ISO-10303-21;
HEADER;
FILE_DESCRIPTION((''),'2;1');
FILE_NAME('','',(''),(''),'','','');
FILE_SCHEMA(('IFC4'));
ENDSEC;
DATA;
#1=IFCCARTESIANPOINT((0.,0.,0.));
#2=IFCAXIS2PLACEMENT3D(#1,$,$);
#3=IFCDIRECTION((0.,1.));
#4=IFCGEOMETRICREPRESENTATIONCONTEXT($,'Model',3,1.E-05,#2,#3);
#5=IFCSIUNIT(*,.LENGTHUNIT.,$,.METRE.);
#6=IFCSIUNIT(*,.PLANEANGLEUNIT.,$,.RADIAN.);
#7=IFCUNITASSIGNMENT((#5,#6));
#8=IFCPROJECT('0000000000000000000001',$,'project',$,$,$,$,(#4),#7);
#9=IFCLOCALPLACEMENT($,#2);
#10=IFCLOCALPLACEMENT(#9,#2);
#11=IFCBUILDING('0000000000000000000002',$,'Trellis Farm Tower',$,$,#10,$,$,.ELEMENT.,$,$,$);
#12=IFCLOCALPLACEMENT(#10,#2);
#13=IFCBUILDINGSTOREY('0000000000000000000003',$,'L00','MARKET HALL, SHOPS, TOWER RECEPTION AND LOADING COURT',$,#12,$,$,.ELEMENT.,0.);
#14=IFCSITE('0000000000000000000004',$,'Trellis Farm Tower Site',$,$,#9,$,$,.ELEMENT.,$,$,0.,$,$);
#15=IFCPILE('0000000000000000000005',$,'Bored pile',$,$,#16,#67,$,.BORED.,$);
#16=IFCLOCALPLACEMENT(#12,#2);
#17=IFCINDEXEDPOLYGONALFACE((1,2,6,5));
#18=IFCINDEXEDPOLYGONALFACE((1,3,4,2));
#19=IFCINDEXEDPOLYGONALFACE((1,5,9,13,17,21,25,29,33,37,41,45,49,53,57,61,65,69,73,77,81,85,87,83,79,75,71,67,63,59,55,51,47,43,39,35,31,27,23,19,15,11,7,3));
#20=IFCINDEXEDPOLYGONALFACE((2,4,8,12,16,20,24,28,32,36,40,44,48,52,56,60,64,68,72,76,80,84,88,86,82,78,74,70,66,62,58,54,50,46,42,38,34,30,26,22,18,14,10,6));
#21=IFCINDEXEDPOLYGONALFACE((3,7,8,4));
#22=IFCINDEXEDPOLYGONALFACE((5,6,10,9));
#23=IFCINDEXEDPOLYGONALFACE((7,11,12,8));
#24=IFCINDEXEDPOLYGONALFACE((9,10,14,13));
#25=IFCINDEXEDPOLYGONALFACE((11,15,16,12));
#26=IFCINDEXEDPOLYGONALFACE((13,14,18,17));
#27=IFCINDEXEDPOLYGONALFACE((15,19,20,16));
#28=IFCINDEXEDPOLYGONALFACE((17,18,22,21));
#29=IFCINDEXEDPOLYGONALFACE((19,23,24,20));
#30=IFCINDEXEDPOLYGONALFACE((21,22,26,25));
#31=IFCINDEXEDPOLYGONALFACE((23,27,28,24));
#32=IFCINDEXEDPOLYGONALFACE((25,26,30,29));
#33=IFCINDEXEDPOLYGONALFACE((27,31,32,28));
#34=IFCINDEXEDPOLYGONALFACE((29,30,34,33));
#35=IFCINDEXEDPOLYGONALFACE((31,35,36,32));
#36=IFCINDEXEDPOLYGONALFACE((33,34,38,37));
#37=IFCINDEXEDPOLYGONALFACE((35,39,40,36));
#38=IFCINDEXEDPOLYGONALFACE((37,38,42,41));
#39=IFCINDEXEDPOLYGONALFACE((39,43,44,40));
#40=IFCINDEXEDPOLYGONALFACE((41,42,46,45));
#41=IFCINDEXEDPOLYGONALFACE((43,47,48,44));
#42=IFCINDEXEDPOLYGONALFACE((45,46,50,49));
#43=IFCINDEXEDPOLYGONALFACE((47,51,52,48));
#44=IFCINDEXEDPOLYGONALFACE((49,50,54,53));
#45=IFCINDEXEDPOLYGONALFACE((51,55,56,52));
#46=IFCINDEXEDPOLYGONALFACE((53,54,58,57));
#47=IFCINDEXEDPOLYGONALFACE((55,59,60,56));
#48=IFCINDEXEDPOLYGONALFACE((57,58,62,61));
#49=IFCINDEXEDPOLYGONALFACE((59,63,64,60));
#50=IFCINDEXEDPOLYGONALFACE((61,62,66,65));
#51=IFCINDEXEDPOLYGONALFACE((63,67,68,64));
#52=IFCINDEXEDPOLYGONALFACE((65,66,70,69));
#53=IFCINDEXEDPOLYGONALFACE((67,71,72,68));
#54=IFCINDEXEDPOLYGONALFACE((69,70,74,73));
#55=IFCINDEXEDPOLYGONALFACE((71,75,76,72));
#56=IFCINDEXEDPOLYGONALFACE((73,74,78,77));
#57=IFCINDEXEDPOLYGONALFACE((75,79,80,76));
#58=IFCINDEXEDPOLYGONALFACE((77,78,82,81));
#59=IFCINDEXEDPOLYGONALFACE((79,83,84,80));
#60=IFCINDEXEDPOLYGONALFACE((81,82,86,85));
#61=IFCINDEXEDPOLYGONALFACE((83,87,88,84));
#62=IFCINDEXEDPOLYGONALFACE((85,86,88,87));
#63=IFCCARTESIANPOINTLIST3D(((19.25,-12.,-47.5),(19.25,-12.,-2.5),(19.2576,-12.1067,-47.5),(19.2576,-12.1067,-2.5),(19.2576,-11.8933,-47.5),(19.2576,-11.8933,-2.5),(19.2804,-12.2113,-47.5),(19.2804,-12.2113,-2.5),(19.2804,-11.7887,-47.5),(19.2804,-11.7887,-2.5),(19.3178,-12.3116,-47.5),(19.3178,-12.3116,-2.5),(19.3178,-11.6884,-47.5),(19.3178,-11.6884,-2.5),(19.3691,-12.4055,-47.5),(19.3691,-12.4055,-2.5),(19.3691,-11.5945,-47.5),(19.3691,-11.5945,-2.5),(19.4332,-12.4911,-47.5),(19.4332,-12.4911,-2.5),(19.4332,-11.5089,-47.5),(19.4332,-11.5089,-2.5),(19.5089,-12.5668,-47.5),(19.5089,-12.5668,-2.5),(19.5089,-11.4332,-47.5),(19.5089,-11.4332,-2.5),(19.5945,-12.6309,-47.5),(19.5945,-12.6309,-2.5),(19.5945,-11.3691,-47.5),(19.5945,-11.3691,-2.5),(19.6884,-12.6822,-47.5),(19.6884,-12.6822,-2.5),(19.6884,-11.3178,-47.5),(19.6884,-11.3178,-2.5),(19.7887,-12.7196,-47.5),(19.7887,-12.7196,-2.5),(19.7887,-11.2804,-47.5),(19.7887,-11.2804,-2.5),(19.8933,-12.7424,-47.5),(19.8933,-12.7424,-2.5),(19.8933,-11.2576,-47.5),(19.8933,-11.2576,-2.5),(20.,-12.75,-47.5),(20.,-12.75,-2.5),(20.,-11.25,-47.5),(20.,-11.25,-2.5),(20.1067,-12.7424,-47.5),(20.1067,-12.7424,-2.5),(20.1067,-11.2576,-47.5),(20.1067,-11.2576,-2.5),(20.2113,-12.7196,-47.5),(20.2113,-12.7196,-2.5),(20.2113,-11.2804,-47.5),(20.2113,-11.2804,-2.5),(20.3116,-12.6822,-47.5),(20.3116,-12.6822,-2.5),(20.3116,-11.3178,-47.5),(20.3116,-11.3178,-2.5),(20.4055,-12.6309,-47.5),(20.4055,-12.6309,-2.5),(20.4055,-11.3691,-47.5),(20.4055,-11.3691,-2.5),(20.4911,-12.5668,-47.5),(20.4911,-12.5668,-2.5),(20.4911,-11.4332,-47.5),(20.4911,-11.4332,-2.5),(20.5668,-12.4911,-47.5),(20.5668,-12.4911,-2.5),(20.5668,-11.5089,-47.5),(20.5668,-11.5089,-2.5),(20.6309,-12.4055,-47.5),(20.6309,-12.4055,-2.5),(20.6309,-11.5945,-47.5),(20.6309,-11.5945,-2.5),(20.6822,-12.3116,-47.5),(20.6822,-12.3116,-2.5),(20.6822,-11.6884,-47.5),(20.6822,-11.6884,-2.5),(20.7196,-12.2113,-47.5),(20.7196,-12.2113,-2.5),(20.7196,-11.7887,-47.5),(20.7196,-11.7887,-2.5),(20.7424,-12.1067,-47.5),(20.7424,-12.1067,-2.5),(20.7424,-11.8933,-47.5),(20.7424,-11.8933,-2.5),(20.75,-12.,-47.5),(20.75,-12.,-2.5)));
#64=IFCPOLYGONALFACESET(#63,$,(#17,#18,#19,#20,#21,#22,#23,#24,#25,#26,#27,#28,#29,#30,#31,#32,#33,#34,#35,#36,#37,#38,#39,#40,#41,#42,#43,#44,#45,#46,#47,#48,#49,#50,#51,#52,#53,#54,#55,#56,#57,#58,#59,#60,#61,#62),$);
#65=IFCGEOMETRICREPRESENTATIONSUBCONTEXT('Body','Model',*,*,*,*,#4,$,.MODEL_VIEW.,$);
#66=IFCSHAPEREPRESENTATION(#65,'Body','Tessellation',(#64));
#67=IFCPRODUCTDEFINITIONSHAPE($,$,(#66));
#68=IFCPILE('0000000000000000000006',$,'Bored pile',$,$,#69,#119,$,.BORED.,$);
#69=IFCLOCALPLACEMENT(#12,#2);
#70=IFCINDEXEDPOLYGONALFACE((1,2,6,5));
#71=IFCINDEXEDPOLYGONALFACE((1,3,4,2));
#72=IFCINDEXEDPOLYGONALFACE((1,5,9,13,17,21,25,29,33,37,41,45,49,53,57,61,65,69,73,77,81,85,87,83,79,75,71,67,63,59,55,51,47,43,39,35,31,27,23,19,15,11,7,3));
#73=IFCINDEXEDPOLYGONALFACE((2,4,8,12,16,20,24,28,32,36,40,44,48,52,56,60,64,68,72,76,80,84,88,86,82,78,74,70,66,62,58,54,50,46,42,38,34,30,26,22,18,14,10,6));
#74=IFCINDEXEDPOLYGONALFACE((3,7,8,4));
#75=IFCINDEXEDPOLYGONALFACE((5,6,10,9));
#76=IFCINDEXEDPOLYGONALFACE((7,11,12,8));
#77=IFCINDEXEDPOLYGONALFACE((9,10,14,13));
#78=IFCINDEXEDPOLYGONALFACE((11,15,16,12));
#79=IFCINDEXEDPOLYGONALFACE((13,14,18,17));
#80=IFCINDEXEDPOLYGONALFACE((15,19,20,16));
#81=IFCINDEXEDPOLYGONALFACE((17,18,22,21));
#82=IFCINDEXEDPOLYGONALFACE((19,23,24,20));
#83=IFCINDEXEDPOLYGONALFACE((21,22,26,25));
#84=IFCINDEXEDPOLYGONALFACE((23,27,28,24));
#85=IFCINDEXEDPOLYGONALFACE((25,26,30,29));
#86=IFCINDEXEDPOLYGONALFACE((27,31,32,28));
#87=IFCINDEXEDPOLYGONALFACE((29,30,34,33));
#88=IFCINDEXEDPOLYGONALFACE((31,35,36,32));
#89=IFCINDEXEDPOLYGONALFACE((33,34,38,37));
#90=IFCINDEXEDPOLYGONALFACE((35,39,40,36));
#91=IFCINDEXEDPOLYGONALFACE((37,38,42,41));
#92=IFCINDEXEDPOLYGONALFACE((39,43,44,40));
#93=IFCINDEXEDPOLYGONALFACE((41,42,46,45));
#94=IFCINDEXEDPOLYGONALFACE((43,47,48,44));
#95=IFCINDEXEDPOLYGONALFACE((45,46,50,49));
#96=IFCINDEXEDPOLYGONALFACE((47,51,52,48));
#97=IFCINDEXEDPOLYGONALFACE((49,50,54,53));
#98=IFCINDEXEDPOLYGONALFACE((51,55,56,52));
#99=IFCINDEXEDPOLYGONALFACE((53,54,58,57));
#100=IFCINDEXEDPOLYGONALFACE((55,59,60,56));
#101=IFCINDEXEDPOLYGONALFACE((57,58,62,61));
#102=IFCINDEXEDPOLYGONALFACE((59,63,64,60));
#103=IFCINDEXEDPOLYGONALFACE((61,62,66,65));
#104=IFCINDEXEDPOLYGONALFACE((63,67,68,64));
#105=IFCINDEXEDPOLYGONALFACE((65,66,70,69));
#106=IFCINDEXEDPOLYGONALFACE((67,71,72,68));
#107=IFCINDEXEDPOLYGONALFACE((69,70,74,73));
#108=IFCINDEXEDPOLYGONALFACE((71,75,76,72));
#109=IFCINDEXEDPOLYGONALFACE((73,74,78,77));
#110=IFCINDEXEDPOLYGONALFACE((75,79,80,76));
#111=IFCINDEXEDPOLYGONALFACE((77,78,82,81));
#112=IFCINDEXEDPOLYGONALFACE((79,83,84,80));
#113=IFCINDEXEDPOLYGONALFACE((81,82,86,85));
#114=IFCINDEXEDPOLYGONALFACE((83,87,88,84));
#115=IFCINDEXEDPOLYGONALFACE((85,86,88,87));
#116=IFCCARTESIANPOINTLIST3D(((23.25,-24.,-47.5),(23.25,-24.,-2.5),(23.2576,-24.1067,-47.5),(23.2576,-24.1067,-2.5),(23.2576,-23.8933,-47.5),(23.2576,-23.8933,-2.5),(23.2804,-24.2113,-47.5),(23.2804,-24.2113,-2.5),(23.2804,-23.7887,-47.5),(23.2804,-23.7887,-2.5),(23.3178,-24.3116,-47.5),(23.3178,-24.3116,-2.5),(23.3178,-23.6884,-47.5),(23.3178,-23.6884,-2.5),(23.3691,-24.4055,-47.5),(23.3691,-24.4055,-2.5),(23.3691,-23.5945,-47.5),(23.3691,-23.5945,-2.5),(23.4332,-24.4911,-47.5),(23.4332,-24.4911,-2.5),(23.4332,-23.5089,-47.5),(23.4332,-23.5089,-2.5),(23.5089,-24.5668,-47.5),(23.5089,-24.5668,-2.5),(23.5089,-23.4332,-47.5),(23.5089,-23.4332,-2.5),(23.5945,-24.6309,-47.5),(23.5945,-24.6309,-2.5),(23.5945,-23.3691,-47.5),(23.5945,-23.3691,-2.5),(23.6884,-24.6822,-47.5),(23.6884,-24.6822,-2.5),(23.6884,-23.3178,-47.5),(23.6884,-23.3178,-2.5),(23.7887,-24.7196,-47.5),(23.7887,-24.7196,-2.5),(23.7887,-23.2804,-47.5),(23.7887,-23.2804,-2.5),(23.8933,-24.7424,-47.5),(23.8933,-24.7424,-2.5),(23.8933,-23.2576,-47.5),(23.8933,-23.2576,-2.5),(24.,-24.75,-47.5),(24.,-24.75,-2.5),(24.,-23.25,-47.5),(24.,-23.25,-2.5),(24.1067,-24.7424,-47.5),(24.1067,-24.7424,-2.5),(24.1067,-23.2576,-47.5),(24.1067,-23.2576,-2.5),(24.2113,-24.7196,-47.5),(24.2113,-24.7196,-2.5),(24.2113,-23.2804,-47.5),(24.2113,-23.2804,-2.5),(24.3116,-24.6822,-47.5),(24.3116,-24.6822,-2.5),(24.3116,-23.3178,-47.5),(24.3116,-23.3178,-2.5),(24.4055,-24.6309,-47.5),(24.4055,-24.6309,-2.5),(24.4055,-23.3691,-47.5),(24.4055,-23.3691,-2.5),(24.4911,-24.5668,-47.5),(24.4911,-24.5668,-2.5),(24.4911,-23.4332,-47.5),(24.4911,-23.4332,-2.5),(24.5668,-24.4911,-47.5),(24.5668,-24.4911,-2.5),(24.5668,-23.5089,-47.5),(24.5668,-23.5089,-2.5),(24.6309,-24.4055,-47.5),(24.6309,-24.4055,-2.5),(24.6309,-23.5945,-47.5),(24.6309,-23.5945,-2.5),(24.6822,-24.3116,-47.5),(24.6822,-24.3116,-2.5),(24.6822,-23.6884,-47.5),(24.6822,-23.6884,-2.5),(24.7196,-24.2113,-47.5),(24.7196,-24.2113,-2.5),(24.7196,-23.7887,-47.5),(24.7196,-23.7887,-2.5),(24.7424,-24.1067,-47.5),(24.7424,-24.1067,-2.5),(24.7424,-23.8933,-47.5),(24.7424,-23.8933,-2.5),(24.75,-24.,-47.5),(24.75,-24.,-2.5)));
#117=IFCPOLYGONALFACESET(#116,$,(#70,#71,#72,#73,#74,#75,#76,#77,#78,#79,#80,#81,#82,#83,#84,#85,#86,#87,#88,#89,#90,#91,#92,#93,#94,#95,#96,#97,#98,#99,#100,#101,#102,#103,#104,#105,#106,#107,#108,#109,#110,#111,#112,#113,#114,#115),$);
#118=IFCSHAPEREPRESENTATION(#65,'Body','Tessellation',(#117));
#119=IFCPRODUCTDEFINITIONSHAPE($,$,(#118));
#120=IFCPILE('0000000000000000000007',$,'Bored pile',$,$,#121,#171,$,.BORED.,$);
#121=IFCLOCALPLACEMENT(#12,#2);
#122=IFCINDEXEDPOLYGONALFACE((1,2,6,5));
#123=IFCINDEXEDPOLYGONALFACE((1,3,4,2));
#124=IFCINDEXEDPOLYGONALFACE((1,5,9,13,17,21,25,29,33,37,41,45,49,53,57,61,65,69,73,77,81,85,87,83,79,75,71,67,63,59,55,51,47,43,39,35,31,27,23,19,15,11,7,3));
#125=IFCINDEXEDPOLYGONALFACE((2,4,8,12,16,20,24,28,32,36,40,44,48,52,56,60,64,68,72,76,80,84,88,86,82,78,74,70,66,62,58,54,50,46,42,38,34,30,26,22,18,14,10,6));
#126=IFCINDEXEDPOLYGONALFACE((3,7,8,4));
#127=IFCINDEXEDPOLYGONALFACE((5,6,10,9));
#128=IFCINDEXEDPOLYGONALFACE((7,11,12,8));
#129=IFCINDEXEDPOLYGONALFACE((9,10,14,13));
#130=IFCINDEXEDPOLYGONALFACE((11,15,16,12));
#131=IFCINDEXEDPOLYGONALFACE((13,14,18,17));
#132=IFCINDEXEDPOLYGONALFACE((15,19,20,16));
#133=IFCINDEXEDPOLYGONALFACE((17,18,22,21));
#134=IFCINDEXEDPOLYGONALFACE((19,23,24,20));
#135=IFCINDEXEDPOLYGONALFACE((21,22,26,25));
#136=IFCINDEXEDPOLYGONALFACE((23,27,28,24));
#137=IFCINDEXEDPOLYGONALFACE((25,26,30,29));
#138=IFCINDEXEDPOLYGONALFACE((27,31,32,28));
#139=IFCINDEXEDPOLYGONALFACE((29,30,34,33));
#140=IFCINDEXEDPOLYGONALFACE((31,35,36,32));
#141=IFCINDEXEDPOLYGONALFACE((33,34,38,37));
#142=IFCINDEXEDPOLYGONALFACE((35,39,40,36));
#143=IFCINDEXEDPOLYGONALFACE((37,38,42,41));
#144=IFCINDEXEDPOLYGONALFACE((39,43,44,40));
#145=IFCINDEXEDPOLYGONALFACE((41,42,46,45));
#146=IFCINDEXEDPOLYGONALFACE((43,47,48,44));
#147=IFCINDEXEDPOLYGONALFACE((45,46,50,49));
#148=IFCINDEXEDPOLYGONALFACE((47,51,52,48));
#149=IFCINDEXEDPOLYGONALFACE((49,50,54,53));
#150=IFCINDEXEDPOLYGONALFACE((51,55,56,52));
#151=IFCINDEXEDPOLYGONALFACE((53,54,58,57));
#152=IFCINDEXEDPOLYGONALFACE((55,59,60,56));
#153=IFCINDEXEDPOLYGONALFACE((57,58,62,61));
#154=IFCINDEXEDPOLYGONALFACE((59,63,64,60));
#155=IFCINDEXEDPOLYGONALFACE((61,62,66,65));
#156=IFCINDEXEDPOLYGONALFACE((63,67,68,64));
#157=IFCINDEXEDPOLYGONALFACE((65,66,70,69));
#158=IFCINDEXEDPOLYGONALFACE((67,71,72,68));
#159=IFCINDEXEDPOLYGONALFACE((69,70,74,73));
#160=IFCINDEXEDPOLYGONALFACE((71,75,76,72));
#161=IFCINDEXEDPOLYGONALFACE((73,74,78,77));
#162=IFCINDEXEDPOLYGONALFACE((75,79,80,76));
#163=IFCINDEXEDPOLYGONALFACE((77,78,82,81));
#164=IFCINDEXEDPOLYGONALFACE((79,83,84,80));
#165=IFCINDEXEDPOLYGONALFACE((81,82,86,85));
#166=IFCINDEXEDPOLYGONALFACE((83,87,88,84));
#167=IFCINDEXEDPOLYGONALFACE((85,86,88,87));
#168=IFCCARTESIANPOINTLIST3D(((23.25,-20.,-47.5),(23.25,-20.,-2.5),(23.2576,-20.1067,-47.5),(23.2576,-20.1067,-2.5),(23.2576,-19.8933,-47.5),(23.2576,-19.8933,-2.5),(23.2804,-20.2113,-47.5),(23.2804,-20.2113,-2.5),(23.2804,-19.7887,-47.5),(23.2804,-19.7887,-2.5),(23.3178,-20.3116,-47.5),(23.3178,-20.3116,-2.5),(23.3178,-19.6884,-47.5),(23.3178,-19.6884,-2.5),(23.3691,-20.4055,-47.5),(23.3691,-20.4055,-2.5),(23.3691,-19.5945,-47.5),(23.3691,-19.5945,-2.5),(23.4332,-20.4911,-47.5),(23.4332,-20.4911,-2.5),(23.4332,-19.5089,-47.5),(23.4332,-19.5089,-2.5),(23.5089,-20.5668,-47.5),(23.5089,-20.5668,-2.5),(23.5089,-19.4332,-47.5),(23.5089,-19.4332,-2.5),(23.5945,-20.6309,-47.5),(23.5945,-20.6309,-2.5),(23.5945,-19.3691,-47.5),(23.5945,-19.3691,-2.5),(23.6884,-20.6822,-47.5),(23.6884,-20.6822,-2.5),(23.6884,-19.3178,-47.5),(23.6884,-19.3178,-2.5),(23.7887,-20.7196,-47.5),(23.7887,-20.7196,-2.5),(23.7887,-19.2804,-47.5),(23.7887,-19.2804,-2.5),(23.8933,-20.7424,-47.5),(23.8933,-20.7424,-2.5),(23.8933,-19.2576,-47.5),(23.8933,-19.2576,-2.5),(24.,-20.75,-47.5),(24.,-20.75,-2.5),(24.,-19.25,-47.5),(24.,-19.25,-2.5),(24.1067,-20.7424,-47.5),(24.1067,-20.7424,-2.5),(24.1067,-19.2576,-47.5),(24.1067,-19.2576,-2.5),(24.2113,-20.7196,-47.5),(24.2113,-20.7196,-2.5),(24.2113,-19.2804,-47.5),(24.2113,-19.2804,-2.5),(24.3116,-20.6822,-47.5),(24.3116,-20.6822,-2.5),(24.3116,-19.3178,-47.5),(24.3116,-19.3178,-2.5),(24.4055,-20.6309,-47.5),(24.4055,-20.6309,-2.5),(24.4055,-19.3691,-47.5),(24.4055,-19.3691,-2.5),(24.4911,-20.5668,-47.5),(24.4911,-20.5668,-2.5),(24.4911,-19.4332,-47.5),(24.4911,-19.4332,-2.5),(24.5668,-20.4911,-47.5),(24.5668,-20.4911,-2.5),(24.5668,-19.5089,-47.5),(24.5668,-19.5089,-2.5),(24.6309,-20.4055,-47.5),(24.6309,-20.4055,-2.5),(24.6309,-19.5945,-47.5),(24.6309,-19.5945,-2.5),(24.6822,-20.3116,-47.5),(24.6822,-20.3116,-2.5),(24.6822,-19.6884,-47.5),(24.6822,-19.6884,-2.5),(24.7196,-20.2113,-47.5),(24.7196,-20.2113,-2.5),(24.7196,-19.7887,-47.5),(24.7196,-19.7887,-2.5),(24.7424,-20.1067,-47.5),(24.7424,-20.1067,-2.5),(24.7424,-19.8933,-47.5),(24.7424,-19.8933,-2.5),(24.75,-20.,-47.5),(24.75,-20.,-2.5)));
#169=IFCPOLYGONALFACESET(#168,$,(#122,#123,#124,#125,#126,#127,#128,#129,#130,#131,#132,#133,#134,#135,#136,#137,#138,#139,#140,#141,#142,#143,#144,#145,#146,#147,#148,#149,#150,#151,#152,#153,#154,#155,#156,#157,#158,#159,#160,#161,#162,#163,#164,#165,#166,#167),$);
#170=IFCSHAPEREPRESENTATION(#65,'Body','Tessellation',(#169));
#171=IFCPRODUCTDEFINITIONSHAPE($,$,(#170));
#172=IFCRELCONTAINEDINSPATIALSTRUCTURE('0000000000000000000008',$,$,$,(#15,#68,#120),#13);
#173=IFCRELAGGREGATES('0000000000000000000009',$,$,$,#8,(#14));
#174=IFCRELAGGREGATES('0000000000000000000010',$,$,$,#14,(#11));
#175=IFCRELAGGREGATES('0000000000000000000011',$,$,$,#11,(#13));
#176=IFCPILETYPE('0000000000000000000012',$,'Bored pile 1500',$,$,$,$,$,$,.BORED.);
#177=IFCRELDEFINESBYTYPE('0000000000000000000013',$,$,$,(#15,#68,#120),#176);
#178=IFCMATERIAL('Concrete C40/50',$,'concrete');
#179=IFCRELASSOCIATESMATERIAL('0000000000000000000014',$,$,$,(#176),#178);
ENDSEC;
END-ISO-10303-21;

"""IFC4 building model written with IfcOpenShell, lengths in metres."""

from ifc_helpers import new_model, si_unit, direction, frame, origin, origin_2d, place, context, subcontext, project, spatial, circle, extrude, source, transform, mapped, material, material_profile, profile_set, type_object, element, save


model = new_model("IFC4")

# Units and contexts
model_context = context("Model", 3, precision=1e-05, world=origin(), true_north=direction((0.0, 1.0)))
body_context = subcontext(model_context, "Body", "Model", "MODEL_VIEW")
ifc_project = project(units=[si_unit("LENGTHUNIT", "METRE"), si_unit("PLANEANGLEUNIT", "RADIAN")], contexts=[model_context])

# Site, building, storey
site_placement = place(None, origin())
site = spatial("IfcSite", under=ifc_project, at=site_placement, Name="Trellis Farm Tower Site", CompositionType="ELEMENT", RefElevation=0.0)
building_placement = place(site_placement, origin())
building = spatial("IfcBuilding", under=site, at=building_placement, Name="Trellis Farm Tower", CompositionType="ELEMENT")
storey_placement = place(building_placement, origin())
storey = spatial("IfcBuildingStorey", under=building, at=storey_placement, Name="L00", Description="MARKET HALL, SHOPS, TOWER RECEPTION AND LOADING COURT", CompositionType="ELEMENT", Elevation=0.0)

# Piles
ifc_material_1 = material(Name="Concrete C40/50", Category="concrete")
ifc_material_profile_1 = material_profile(ifc_material_1, circle(Radius=0.75, at=origin_2d()), Name="Bored pile 1500")
ifc_profile_set_1 = profile_set([ifc_material_profile_1], Name="Concrete C40/50")
pile_type = type_object("IfcPileType", Name="Bored pile 1500", PredefinedType="BORED", material=ifc_profile_set_1)
shared_shape_1 = source(origin(), body_context, "Body", "SweptSolid", [
    extrude(circle(Radius=0.75, at=origin_2d()), origin(), (0.0, 0.0, 1.0), 45.0),
])
for number, where, z_axis, x_axis, name in (
    (1, (20.0, -12.0, -2.5), (0.0, 0.0, -1.0), (1.0, 0.0, 0.0), "Bored pile"),
    (2, (24.0, -24.0, -2.5), (0.0, 0.0, -1.0), (1.0, 0.0, 0.0), "Bored pile"),
    (3, (24.0, -20.0, -2.5), (0.0, 0.0, -1.0), (1.0, 0.0, 0.0), "Bored pile"),
):
    element("IfcPile", number, at=place(storey_placement, frame(where, z_axis=z_axis, x_axis=x_axis)), inside=storey, type_object=pile_type, Name=name, PredefinedType="BORED", context=body_context, shape_type="MappedRepresentation", body=[
        mapped(shared_shape_1, transform((0.0, 0.0, 0.0))),
    ])

save(model, "model.ifc")
